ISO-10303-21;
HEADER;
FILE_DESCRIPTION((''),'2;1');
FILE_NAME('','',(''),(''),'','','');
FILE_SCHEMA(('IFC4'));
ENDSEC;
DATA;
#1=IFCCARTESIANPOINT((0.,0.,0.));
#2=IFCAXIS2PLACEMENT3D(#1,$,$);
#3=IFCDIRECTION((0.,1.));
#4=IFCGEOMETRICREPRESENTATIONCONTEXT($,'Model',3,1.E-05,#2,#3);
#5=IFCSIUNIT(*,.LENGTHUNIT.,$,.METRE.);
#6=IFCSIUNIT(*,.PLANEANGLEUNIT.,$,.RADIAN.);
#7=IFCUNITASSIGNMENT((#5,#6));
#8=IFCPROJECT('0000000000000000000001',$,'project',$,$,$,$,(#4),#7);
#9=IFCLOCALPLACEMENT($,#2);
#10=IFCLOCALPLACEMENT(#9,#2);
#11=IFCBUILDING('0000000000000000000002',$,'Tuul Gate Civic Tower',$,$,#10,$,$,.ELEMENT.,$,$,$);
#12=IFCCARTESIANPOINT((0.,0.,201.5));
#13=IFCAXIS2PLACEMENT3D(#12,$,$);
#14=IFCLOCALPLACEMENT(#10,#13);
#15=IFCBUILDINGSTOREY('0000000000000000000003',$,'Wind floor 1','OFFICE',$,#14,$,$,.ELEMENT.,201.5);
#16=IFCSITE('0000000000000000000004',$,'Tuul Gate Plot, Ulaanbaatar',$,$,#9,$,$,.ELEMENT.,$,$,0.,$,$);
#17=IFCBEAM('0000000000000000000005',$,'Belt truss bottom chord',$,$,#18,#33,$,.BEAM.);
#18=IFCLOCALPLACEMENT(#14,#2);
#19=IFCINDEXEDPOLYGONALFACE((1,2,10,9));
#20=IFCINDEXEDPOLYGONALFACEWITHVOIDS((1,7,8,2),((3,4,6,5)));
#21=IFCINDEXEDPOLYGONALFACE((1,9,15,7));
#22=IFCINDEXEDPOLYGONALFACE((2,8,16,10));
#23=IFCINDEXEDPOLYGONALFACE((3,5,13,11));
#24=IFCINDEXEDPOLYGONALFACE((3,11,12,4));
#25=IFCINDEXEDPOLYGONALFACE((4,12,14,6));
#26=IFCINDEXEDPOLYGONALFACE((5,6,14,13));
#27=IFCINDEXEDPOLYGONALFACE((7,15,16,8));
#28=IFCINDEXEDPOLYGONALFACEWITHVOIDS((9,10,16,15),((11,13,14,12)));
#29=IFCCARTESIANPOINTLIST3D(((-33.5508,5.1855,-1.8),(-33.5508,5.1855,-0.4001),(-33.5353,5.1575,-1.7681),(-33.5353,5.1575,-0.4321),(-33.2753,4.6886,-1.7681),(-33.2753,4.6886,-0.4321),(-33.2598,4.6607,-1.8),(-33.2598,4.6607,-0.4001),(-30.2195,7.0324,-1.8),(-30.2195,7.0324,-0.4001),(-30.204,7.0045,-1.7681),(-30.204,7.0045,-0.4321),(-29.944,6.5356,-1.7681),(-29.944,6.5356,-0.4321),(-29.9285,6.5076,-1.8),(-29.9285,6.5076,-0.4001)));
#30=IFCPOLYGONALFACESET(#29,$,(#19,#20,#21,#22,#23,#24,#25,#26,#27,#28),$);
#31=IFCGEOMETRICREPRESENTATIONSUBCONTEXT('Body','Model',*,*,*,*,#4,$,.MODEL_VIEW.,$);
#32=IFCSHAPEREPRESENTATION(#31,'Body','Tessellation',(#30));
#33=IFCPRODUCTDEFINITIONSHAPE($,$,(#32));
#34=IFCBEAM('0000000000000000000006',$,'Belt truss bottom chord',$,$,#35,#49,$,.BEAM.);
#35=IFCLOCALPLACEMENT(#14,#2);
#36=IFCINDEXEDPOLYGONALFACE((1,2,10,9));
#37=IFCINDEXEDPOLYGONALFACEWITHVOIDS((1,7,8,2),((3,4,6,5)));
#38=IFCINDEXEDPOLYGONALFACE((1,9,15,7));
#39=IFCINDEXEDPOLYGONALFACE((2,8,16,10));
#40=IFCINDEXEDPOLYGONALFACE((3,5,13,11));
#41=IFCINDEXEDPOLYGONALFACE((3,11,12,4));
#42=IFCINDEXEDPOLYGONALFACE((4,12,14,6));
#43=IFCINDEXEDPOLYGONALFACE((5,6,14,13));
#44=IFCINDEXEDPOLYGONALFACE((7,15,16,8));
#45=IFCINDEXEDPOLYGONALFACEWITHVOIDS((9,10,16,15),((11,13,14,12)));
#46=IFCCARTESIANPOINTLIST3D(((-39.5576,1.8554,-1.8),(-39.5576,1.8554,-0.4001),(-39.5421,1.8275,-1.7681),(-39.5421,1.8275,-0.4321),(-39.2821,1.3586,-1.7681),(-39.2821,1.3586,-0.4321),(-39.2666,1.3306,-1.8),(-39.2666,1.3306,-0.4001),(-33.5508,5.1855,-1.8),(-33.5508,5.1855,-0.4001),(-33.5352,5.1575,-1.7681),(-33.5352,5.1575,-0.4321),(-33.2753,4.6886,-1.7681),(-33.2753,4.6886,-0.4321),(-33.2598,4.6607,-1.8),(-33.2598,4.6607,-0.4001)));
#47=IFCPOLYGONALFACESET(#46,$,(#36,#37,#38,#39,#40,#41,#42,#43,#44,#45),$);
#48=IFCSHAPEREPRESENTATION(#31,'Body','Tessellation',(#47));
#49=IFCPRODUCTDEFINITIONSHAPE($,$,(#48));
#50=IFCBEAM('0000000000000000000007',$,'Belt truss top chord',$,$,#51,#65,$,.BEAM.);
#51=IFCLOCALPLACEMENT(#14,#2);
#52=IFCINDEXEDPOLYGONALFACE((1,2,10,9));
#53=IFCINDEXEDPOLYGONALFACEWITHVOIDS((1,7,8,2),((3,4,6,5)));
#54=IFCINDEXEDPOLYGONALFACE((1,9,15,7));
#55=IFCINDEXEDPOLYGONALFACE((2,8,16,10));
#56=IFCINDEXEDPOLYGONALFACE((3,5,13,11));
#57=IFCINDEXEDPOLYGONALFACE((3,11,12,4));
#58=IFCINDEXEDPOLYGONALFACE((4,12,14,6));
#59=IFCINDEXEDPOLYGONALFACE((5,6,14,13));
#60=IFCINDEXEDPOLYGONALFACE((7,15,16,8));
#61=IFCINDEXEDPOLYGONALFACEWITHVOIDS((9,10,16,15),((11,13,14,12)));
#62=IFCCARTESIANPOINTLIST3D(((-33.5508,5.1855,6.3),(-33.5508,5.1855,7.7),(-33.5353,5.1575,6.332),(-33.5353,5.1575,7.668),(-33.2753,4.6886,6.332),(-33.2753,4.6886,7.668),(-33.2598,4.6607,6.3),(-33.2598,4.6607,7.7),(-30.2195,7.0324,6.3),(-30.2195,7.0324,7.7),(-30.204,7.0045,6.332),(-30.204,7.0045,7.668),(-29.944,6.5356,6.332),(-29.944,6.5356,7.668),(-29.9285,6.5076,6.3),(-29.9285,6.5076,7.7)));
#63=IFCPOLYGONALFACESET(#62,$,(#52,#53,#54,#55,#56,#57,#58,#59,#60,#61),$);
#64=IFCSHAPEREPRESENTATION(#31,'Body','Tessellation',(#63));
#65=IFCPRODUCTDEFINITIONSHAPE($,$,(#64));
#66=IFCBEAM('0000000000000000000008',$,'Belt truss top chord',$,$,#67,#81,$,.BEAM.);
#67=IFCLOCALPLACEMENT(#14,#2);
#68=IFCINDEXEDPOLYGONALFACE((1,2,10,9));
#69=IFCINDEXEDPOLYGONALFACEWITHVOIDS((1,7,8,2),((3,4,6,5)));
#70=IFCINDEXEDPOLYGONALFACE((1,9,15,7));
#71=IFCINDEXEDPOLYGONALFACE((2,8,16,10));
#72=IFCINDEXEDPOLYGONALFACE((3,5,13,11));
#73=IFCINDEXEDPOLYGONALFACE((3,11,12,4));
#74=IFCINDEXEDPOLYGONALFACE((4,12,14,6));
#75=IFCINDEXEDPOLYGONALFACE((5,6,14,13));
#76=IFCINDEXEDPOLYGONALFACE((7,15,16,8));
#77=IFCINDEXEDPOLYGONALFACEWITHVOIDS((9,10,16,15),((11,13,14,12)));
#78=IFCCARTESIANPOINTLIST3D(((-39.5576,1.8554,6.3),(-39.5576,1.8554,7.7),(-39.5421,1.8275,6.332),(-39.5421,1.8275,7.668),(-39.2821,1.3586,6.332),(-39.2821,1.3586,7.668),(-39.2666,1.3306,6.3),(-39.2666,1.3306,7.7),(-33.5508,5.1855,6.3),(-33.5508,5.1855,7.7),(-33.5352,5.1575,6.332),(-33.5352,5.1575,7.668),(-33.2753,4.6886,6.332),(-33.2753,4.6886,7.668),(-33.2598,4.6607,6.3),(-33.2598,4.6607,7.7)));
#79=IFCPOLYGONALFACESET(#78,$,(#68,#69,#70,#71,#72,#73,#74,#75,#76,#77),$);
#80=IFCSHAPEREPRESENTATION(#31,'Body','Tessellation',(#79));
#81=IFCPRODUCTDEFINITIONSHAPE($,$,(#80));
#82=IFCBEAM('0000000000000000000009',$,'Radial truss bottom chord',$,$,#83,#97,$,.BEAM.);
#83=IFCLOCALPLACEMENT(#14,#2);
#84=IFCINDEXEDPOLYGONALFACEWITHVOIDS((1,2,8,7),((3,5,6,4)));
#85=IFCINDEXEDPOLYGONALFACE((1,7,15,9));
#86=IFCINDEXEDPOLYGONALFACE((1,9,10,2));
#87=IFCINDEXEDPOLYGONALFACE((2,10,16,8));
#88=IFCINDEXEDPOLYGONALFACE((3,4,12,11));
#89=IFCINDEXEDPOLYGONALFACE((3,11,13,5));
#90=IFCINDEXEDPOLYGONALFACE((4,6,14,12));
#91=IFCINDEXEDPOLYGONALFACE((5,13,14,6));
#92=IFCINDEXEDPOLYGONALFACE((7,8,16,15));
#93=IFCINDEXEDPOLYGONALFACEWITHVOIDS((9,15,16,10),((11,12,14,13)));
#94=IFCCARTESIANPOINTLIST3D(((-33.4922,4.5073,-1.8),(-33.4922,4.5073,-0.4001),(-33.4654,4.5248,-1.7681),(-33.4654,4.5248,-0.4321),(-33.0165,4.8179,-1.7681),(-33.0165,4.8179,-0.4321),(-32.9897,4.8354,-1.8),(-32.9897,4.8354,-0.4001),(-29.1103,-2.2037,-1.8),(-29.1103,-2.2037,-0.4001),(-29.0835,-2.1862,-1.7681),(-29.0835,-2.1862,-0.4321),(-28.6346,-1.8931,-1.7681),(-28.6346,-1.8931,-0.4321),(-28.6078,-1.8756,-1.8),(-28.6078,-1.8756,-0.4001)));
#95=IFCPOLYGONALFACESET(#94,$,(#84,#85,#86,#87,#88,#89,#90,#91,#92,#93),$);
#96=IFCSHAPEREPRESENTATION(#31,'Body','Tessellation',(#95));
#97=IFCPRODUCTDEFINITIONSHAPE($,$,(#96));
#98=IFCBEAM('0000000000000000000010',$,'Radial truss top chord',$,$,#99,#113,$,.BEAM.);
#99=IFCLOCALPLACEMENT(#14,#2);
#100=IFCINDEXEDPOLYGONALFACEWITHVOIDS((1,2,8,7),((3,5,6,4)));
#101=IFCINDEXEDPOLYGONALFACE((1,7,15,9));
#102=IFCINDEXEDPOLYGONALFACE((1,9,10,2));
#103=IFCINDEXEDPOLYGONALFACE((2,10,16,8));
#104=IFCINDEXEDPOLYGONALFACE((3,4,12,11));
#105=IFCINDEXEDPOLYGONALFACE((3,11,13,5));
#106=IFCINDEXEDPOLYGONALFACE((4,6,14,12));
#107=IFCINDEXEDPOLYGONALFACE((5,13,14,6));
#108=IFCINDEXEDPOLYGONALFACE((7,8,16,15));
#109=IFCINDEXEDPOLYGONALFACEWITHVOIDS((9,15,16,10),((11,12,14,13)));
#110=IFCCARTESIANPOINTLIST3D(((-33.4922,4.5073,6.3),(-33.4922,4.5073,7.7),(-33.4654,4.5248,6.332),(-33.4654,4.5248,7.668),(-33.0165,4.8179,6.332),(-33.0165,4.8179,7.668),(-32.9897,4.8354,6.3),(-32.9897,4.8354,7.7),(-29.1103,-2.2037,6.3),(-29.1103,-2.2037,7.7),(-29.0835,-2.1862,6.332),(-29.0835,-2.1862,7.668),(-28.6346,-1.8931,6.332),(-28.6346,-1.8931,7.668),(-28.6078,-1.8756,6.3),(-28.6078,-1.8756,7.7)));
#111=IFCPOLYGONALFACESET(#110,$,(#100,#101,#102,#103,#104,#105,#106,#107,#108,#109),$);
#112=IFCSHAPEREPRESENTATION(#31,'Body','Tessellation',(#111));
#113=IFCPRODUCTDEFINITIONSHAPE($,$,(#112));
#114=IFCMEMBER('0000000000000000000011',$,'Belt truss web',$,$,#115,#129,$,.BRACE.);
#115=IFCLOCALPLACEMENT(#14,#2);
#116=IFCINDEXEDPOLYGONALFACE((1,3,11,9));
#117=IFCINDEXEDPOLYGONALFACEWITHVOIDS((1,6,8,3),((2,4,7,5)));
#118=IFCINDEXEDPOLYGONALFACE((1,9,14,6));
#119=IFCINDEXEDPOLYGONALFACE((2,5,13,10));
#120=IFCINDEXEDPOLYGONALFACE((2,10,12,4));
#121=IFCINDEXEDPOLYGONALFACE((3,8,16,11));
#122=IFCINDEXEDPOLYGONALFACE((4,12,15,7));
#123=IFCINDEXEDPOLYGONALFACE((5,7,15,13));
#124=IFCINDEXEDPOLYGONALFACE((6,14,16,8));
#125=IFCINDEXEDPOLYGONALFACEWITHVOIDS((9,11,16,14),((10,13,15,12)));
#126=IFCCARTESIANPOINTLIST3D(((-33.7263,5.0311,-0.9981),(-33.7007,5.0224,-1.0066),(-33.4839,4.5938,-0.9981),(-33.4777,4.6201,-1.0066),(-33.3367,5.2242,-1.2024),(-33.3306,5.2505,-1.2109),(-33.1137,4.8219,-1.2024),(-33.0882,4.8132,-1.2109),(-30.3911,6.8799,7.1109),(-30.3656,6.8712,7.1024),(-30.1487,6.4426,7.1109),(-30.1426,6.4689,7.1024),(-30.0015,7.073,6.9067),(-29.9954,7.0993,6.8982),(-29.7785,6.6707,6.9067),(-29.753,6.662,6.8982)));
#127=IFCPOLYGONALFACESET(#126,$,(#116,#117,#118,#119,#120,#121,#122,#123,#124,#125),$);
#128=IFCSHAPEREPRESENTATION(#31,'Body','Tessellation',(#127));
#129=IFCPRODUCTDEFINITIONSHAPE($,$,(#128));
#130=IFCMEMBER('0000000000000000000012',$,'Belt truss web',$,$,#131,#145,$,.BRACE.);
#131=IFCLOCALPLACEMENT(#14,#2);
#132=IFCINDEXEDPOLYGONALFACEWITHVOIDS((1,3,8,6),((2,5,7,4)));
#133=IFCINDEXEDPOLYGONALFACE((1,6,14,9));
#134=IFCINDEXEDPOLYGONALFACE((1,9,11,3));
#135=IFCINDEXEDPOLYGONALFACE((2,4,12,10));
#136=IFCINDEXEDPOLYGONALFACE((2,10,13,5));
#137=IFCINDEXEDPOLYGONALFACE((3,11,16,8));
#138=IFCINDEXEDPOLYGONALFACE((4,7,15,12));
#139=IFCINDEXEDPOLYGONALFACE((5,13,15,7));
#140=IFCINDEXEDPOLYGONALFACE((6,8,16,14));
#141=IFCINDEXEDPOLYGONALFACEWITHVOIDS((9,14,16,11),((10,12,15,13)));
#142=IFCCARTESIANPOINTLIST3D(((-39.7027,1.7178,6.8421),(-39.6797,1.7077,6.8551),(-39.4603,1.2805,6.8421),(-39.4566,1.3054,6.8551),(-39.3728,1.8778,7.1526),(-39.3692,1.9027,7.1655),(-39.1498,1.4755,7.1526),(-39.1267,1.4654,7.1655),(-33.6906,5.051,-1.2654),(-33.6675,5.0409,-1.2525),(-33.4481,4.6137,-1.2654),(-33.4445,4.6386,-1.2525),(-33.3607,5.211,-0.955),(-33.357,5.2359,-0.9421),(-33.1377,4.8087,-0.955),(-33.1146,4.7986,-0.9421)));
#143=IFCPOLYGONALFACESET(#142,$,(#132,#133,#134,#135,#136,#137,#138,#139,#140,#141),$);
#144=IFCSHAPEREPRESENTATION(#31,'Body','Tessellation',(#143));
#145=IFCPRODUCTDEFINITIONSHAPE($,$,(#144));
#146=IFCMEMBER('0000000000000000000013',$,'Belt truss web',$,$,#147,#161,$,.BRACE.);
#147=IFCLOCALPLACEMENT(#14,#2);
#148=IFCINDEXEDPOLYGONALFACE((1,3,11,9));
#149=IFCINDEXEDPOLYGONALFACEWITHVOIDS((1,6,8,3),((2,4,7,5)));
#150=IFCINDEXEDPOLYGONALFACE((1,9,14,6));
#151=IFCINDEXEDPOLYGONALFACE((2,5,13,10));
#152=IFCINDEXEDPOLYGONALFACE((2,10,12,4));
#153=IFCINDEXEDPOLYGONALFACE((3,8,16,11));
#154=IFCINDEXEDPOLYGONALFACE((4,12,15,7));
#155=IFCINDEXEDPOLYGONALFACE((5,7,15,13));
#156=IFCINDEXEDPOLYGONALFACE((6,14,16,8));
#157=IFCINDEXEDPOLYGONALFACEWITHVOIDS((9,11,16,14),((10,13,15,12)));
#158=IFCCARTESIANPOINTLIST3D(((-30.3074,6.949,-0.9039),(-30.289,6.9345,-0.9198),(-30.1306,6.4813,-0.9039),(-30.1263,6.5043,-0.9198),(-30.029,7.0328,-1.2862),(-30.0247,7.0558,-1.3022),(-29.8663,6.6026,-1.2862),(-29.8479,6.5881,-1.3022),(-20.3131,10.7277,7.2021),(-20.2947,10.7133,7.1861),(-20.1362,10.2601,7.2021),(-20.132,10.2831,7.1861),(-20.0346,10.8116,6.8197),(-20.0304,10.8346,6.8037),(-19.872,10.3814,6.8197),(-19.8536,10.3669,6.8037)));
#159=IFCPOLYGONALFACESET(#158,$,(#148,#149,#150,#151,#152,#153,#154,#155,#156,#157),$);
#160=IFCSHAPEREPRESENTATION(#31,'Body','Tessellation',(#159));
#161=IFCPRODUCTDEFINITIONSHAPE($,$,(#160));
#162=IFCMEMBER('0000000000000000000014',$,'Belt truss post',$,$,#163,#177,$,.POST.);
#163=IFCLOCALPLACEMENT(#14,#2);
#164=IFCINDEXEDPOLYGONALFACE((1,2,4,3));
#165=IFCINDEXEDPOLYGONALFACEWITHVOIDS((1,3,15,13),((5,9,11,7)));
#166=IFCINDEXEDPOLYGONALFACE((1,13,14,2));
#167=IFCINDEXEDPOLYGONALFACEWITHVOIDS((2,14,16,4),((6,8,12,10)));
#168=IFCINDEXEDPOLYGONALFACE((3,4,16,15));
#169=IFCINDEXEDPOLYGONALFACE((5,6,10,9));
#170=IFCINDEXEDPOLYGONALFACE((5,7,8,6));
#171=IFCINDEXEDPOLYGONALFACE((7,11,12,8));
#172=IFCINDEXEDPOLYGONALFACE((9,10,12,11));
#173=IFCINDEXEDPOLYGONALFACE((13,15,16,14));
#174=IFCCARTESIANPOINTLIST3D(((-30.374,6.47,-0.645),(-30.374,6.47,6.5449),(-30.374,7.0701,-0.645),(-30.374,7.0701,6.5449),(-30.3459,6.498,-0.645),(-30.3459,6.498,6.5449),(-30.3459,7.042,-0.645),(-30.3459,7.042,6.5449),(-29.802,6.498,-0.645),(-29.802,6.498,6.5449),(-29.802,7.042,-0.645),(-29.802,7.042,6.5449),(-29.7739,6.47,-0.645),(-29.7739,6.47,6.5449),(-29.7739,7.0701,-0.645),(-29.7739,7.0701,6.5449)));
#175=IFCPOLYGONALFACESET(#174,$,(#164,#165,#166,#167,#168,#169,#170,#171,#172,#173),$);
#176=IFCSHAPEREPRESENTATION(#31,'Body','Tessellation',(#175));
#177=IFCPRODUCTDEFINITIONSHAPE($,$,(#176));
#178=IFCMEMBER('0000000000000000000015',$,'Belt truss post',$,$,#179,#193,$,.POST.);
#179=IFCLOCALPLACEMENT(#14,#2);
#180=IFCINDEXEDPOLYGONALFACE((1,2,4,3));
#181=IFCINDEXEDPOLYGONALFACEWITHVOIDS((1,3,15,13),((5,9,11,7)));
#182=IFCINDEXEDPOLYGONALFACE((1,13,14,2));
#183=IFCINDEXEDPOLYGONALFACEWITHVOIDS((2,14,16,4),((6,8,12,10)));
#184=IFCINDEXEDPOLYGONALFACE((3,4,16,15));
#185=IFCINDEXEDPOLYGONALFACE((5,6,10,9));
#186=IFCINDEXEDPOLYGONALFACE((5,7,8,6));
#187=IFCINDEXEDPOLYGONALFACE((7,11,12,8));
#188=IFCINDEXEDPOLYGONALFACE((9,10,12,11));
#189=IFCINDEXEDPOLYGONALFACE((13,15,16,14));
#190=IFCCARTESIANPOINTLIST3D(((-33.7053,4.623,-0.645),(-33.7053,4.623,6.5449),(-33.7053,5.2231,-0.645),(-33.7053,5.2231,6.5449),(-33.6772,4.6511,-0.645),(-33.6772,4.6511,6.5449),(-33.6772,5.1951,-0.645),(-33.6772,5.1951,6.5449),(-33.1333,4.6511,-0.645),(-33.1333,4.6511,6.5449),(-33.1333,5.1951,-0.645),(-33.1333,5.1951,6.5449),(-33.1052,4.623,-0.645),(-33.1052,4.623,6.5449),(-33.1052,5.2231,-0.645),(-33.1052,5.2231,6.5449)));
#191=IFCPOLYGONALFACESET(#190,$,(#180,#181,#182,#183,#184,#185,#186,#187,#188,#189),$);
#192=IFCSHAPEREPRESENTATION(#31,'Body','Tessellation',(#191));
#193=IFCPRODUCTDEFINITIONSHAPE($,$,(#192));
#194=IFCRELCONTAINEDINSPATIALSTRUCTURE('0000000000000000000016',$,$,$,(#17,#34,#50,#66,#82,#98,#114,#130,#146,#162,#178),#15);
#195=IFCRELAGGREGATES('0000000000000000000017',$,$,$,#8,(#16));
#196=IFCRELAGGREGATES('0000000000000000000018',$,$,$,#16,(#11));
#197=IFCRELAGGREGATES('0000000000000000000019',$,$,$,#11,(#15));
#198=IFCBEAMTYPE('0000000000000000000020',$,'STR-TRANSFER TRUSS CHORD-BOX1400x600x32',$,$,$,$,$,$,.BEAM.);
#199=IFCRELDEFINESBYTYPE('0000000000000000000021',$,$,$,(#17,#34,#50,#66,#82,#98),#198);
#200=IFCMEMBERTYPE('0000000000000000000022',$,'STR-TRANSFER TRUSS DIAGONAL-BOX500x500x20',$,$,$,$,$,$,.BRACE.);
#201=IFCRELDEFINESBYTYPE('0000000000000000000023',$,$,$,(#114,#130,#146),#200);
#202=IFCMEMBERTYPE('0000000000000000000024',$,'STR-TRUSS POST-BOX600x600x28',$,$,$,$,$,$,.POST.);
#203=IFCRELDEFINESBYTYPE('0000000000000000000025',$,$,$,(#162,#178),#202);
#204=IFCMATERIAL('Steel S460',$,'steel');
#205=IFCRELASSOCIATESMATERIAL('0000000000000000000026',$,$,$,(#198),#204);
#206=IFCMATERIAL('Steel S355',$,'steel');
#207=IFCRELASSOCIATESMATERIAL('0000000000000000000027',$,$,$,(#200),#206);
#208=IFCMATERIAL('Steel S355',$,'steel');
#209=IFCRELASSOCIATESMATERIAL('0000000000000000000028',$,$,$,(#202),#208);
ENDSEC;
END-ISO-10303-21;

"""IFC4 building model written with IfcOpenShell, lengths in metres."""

from ifc_helpers import new_model, si_unit, direction, frame, origin, origin_2d, place, context, subcontext, project, spatial, hollow_rectangle, extrude, material, material_profile, profile_set, type_object, element, save


model = new_model("IFC4")

# Units and contexts
model_context = context("Model", 3, precision=1e-05, world=origin(), true_north=direction((0.0, 1.0)))
body_context = subcontext(model_context, "Body", "Model", "MODEL_VIEW")
ifc_project = project(units=[si_unit("LENGTHUNIT", "METRE"), si_unit("PLANEANGLEUNIT", "RADIAN")], contexts=[model_context])

# Site, building, storey
site_placement = place(None, origin())
site = spatial("IfcSite", under=ifc_project, at=site_placement, Name="Tuul Gate Plot, Ulaanbaatar", CompositionType="ELEMENT", RefElevation=0.0)
building_placement = place(site_placement, origin())
building = spatial("IfcBuilding", under=site, at=building_placement, Name="Tuul Gate Civic Tower", CompositionType="ELEMENT")
storey_placement = place(building_placement, frame((0.0, 0.0, 201.5)))
storey = spatial("IfcBuildingStorey", under=building, at=storey_placement, Name="Wind floor 1", Description="OFFICE", CompositionType="ELEMENT", Elevation=201.5)

# Beams
ifc_material_1 = material(Name="Steel S460", Category="steel")
ifc_material_profile_1 = material_profile(ifc_material_1, hollow_rectangle(XDim=0.6001, YDim=1.3999, WallThickness=0.032, at=origin_2d()), Name="BOX1400x600x32")
ifc_profile_set_1 = profile_set([ifc_material_profile_1], Name="Steel S460")
beam_type = type_object("IfcBeamType", Name="STR-TRANSFER TRUSS CHORD-BOX1400x600x32", PredefinedType="BEAM", material=ifc_profile_set_1)
beam_1_placement = place(storey_placement, frame((-30.074, 6.77, -1.1001), z_axis=(-0.87458, -0.484881, 0.0), x_axis=(0.484881, -0.87458, 0.0)))
element("IfcBeam", 1, at=beam_1_placement, inside=storey, type_object=beam_type, Name="Belt truss bottom chord", PredefinedType="BEAM", context=body_context, shape_type="SweptSolid", body=[
    extrude(hollow_rectangle(XDim=0.6001, YDim=1.3999, WallThickness=0.032, at=origin_2d()), origin(), (0.0, 0.0, 1.0), 3.8091),
])
beam_2_placement = place(storey_placement, frame((-33.4053, 4.9231, -1.1001), z_axis=(-0.874593, -0.484858, 0.0), x_axis=(0.484858, -0.874593, 0.0)))
element("IfcBeam", 2, at=beam_2_placement, inside=storey, type_object=beam_type, Name="Belt truss bottom chord", PredefinedType="BEAM", context=body_context, shape_type="SweptSolid", body=[
    extrude(hollow_rectangle(XDim=0.6001, YDim=1.3999, WallThickness=0.032, at=origin_2d()), origin(), (0.0, 0.0, 1.0), 6.8682),
])
beam_3_placement = place(storey_placement, frame((-30.074, 6.77, 7.0), z_axis=(-0.87458, -0.484881, 0.0), x_axis=(0.484881, -0.87458, 0.0)))
element("IfcBeam", 3, at=beam_3_placement, inside=storey, type_object=beam_type, Name="Belt truss top chord", PredefinedType="BEAM", context=body_context, shape_type="SweptSolid", body=[
    extrude(hollow_rectangle(XDim=0.6001, YDim=1.3999, WallThickness=0.032, at=origin_2d()), origin(), (0.0, 0.0, 1.0), 3.8091),
])
beam_4_placement = place(storey_placement, frame((-33.4053, 4.9231, 7.0), z_axis=(-0.874593, -0.484858, 0.0), x_axis=(0.484858, -0.874593, 0.0)))
element("IfcBeam", 4, at=beam_4_placement, inside=storey, type_object=beam_type, Name="Belt truss top chord", PredefinedType="BEAM", context=body_context, shape_type="SweptSolid", body=[
    extrude(hollow_rectangle(XDim=0.6001, YDim=1.3999, WallThickness=0.032, at=origin_2d()), origin(), (0.0, 0.0, 1.0), 6.8682),
])
for number, where, z_axis, x_axis, name in (
    (5, (-33.241, 4.6714, -1.1001), (0.546717, -0.837317, 0.0), (0.837317, 0.546717, 0.0), "Radial truss bottom chord"),
    (6, (-33.241, 4.6714, 7.0), (0.546717, -0.837317, 0.0), (0.837317, 0.546717, 0.0), "Radial truss top chord"),
):
    element("IfcBeam", number, at=place(storey_placement, frame(where, z_axis=z_axis, x_axis=x_axis)), inside=storey, type_object=beam_type, Name=name, PredefinedType="BEAM", context=body_context, shape_type="SweptSolid", body=[
        extrude(hollow_rectangle(XDim=0.6001, YDim=1.3999, WallThickness=0.032, at=origin_2d()), origin(), (0.0, 0.0, 1.0), 8.0149),
    ])

# Members
ifc_material_2 = material(Name="Steel S355", Category="steel")
ifc_material_profile_2 = material_profile(ifc_material_2, hollow_rectangle(XDim=0.5, YDim=0.5, WallThickness=0.02, at=origin_2d()), Name="BOX500x500x20")
ifc_profile_set_2 = profile_set([ifc_material_profile_2], Name="Steel S355")
member_type_1 = type_object("IfcMemberType", Name="STR-TRANSFER TRUSS DIAGONAL-BOX500x500x20", PredefinedType="BRACE", material=ifc_profile_set_2)
member_1_placement = place(storey_placement, frame((-33.4072, 4.9221, -1.1045), z_axis=(0.37219, 0.206324, 0.904934), x_axis=(-0.484838, 0.874604, 0.0)))
element("IfcMember", 7, at=member_1_placement, inside=storey, type_object=member_type_1, Name="Belt truss web", PredefinedType="BRACE", context=body_context, shape_type="SweptSolid", body=[
    extrude(hollow_rectangle(XDim=0.5, YDim=0.5, WallThickness=0.02, at=origin_2d()), origin(), (0.0, 0.0, 1.0), 8.9609),
])
member_2_placement = place(storey_placement, frame((-33.4026, 4.9248, -1.1038), z_axis=(-0.565602, -0.313578, 0.762734), x_axis=(0.48488, -0.874581, 0.0)))
element("IfcMember", 8, at=member_2_placement, inside=storey, type_object=member_type_1, Name="Belt truss web", PredefinedType="BRACE", context=body_context, shape_type="SweptSolid", body=[
    extrude(hollow_rectangle(XDim=0.5, YDim=0.5, WallThickness=0.02, at=origin_2d()), origin(), (0.0, 0.0, 1.0), 10.6296),
])
member_3_placement = place(storey_placement, frame((-30.0776, 6.7686, -1.103), z_axis=(0.745199, 0.281755, 0.604395), x_axis=(-0.353659, 0.935375, 0.0)))
element("IfcMember", 9, at=member_3_placement, inside=storey, type_object=member_type_1, Name="Belt truss web", PredefinedType="BRACE", context=body_context, shape_type="SweptSolid", body=[
    extrude(hollow_rectangle(XDim=0.5, YDim=0.5, WallThickness=0.02, at=origin_2d()), origin(), (0.0, 0.0, 1.0), 13.4116),
])
ifc_material_3 = material(Name="Steel S355", Category="steel")
ifc_material_profile_3 = material_profile(ifc_material_3, hollow_rectangle(XDim=0.6001, YDim=0.6001, WallThickness=0.0281, at=origin_2d()), Name="BOX600x600x28")
ifc_profile_set_3 = profile_set([ifc_material_profile_3], Name="Steel S355")
member_type_2 = type_object("IfcMemberType", Name="STR-TRUSS POST-BOX600x600x28", PredefinedType="POST", material=ifc_profile_set_3)
for number, where, z_axis, x_axis, name in (
    (10, (-30.074, 6.77, -0.645), (0.0, 0.0, 1.0), (1.0, 0.0, 0.0), "Belt truss post"),
    (11, (-33.4053, 4.9231, -0.645), (0.0, 0.0, 1.0), (1.0, 0.0, 0.0), "Belt truss post"),
):
    element("IfcMember", number, at=place(storey_placement, frame(where, z_axis=z_axis, x_axis=x_axis)), inside=storey, type_object=member_type_2, Name=name, PredefinedType="POST", context=body_context, shape_type="SweptSolid", body=[
        extrude(hollow_rectangle(XDim=0.6001, YDim=0.6001, WallThickness=0.0281, at=origin_2d()), origin(), (0.0, 0.0, 1.0), 7.1899),
    ])

save(model, "model.ifc")
